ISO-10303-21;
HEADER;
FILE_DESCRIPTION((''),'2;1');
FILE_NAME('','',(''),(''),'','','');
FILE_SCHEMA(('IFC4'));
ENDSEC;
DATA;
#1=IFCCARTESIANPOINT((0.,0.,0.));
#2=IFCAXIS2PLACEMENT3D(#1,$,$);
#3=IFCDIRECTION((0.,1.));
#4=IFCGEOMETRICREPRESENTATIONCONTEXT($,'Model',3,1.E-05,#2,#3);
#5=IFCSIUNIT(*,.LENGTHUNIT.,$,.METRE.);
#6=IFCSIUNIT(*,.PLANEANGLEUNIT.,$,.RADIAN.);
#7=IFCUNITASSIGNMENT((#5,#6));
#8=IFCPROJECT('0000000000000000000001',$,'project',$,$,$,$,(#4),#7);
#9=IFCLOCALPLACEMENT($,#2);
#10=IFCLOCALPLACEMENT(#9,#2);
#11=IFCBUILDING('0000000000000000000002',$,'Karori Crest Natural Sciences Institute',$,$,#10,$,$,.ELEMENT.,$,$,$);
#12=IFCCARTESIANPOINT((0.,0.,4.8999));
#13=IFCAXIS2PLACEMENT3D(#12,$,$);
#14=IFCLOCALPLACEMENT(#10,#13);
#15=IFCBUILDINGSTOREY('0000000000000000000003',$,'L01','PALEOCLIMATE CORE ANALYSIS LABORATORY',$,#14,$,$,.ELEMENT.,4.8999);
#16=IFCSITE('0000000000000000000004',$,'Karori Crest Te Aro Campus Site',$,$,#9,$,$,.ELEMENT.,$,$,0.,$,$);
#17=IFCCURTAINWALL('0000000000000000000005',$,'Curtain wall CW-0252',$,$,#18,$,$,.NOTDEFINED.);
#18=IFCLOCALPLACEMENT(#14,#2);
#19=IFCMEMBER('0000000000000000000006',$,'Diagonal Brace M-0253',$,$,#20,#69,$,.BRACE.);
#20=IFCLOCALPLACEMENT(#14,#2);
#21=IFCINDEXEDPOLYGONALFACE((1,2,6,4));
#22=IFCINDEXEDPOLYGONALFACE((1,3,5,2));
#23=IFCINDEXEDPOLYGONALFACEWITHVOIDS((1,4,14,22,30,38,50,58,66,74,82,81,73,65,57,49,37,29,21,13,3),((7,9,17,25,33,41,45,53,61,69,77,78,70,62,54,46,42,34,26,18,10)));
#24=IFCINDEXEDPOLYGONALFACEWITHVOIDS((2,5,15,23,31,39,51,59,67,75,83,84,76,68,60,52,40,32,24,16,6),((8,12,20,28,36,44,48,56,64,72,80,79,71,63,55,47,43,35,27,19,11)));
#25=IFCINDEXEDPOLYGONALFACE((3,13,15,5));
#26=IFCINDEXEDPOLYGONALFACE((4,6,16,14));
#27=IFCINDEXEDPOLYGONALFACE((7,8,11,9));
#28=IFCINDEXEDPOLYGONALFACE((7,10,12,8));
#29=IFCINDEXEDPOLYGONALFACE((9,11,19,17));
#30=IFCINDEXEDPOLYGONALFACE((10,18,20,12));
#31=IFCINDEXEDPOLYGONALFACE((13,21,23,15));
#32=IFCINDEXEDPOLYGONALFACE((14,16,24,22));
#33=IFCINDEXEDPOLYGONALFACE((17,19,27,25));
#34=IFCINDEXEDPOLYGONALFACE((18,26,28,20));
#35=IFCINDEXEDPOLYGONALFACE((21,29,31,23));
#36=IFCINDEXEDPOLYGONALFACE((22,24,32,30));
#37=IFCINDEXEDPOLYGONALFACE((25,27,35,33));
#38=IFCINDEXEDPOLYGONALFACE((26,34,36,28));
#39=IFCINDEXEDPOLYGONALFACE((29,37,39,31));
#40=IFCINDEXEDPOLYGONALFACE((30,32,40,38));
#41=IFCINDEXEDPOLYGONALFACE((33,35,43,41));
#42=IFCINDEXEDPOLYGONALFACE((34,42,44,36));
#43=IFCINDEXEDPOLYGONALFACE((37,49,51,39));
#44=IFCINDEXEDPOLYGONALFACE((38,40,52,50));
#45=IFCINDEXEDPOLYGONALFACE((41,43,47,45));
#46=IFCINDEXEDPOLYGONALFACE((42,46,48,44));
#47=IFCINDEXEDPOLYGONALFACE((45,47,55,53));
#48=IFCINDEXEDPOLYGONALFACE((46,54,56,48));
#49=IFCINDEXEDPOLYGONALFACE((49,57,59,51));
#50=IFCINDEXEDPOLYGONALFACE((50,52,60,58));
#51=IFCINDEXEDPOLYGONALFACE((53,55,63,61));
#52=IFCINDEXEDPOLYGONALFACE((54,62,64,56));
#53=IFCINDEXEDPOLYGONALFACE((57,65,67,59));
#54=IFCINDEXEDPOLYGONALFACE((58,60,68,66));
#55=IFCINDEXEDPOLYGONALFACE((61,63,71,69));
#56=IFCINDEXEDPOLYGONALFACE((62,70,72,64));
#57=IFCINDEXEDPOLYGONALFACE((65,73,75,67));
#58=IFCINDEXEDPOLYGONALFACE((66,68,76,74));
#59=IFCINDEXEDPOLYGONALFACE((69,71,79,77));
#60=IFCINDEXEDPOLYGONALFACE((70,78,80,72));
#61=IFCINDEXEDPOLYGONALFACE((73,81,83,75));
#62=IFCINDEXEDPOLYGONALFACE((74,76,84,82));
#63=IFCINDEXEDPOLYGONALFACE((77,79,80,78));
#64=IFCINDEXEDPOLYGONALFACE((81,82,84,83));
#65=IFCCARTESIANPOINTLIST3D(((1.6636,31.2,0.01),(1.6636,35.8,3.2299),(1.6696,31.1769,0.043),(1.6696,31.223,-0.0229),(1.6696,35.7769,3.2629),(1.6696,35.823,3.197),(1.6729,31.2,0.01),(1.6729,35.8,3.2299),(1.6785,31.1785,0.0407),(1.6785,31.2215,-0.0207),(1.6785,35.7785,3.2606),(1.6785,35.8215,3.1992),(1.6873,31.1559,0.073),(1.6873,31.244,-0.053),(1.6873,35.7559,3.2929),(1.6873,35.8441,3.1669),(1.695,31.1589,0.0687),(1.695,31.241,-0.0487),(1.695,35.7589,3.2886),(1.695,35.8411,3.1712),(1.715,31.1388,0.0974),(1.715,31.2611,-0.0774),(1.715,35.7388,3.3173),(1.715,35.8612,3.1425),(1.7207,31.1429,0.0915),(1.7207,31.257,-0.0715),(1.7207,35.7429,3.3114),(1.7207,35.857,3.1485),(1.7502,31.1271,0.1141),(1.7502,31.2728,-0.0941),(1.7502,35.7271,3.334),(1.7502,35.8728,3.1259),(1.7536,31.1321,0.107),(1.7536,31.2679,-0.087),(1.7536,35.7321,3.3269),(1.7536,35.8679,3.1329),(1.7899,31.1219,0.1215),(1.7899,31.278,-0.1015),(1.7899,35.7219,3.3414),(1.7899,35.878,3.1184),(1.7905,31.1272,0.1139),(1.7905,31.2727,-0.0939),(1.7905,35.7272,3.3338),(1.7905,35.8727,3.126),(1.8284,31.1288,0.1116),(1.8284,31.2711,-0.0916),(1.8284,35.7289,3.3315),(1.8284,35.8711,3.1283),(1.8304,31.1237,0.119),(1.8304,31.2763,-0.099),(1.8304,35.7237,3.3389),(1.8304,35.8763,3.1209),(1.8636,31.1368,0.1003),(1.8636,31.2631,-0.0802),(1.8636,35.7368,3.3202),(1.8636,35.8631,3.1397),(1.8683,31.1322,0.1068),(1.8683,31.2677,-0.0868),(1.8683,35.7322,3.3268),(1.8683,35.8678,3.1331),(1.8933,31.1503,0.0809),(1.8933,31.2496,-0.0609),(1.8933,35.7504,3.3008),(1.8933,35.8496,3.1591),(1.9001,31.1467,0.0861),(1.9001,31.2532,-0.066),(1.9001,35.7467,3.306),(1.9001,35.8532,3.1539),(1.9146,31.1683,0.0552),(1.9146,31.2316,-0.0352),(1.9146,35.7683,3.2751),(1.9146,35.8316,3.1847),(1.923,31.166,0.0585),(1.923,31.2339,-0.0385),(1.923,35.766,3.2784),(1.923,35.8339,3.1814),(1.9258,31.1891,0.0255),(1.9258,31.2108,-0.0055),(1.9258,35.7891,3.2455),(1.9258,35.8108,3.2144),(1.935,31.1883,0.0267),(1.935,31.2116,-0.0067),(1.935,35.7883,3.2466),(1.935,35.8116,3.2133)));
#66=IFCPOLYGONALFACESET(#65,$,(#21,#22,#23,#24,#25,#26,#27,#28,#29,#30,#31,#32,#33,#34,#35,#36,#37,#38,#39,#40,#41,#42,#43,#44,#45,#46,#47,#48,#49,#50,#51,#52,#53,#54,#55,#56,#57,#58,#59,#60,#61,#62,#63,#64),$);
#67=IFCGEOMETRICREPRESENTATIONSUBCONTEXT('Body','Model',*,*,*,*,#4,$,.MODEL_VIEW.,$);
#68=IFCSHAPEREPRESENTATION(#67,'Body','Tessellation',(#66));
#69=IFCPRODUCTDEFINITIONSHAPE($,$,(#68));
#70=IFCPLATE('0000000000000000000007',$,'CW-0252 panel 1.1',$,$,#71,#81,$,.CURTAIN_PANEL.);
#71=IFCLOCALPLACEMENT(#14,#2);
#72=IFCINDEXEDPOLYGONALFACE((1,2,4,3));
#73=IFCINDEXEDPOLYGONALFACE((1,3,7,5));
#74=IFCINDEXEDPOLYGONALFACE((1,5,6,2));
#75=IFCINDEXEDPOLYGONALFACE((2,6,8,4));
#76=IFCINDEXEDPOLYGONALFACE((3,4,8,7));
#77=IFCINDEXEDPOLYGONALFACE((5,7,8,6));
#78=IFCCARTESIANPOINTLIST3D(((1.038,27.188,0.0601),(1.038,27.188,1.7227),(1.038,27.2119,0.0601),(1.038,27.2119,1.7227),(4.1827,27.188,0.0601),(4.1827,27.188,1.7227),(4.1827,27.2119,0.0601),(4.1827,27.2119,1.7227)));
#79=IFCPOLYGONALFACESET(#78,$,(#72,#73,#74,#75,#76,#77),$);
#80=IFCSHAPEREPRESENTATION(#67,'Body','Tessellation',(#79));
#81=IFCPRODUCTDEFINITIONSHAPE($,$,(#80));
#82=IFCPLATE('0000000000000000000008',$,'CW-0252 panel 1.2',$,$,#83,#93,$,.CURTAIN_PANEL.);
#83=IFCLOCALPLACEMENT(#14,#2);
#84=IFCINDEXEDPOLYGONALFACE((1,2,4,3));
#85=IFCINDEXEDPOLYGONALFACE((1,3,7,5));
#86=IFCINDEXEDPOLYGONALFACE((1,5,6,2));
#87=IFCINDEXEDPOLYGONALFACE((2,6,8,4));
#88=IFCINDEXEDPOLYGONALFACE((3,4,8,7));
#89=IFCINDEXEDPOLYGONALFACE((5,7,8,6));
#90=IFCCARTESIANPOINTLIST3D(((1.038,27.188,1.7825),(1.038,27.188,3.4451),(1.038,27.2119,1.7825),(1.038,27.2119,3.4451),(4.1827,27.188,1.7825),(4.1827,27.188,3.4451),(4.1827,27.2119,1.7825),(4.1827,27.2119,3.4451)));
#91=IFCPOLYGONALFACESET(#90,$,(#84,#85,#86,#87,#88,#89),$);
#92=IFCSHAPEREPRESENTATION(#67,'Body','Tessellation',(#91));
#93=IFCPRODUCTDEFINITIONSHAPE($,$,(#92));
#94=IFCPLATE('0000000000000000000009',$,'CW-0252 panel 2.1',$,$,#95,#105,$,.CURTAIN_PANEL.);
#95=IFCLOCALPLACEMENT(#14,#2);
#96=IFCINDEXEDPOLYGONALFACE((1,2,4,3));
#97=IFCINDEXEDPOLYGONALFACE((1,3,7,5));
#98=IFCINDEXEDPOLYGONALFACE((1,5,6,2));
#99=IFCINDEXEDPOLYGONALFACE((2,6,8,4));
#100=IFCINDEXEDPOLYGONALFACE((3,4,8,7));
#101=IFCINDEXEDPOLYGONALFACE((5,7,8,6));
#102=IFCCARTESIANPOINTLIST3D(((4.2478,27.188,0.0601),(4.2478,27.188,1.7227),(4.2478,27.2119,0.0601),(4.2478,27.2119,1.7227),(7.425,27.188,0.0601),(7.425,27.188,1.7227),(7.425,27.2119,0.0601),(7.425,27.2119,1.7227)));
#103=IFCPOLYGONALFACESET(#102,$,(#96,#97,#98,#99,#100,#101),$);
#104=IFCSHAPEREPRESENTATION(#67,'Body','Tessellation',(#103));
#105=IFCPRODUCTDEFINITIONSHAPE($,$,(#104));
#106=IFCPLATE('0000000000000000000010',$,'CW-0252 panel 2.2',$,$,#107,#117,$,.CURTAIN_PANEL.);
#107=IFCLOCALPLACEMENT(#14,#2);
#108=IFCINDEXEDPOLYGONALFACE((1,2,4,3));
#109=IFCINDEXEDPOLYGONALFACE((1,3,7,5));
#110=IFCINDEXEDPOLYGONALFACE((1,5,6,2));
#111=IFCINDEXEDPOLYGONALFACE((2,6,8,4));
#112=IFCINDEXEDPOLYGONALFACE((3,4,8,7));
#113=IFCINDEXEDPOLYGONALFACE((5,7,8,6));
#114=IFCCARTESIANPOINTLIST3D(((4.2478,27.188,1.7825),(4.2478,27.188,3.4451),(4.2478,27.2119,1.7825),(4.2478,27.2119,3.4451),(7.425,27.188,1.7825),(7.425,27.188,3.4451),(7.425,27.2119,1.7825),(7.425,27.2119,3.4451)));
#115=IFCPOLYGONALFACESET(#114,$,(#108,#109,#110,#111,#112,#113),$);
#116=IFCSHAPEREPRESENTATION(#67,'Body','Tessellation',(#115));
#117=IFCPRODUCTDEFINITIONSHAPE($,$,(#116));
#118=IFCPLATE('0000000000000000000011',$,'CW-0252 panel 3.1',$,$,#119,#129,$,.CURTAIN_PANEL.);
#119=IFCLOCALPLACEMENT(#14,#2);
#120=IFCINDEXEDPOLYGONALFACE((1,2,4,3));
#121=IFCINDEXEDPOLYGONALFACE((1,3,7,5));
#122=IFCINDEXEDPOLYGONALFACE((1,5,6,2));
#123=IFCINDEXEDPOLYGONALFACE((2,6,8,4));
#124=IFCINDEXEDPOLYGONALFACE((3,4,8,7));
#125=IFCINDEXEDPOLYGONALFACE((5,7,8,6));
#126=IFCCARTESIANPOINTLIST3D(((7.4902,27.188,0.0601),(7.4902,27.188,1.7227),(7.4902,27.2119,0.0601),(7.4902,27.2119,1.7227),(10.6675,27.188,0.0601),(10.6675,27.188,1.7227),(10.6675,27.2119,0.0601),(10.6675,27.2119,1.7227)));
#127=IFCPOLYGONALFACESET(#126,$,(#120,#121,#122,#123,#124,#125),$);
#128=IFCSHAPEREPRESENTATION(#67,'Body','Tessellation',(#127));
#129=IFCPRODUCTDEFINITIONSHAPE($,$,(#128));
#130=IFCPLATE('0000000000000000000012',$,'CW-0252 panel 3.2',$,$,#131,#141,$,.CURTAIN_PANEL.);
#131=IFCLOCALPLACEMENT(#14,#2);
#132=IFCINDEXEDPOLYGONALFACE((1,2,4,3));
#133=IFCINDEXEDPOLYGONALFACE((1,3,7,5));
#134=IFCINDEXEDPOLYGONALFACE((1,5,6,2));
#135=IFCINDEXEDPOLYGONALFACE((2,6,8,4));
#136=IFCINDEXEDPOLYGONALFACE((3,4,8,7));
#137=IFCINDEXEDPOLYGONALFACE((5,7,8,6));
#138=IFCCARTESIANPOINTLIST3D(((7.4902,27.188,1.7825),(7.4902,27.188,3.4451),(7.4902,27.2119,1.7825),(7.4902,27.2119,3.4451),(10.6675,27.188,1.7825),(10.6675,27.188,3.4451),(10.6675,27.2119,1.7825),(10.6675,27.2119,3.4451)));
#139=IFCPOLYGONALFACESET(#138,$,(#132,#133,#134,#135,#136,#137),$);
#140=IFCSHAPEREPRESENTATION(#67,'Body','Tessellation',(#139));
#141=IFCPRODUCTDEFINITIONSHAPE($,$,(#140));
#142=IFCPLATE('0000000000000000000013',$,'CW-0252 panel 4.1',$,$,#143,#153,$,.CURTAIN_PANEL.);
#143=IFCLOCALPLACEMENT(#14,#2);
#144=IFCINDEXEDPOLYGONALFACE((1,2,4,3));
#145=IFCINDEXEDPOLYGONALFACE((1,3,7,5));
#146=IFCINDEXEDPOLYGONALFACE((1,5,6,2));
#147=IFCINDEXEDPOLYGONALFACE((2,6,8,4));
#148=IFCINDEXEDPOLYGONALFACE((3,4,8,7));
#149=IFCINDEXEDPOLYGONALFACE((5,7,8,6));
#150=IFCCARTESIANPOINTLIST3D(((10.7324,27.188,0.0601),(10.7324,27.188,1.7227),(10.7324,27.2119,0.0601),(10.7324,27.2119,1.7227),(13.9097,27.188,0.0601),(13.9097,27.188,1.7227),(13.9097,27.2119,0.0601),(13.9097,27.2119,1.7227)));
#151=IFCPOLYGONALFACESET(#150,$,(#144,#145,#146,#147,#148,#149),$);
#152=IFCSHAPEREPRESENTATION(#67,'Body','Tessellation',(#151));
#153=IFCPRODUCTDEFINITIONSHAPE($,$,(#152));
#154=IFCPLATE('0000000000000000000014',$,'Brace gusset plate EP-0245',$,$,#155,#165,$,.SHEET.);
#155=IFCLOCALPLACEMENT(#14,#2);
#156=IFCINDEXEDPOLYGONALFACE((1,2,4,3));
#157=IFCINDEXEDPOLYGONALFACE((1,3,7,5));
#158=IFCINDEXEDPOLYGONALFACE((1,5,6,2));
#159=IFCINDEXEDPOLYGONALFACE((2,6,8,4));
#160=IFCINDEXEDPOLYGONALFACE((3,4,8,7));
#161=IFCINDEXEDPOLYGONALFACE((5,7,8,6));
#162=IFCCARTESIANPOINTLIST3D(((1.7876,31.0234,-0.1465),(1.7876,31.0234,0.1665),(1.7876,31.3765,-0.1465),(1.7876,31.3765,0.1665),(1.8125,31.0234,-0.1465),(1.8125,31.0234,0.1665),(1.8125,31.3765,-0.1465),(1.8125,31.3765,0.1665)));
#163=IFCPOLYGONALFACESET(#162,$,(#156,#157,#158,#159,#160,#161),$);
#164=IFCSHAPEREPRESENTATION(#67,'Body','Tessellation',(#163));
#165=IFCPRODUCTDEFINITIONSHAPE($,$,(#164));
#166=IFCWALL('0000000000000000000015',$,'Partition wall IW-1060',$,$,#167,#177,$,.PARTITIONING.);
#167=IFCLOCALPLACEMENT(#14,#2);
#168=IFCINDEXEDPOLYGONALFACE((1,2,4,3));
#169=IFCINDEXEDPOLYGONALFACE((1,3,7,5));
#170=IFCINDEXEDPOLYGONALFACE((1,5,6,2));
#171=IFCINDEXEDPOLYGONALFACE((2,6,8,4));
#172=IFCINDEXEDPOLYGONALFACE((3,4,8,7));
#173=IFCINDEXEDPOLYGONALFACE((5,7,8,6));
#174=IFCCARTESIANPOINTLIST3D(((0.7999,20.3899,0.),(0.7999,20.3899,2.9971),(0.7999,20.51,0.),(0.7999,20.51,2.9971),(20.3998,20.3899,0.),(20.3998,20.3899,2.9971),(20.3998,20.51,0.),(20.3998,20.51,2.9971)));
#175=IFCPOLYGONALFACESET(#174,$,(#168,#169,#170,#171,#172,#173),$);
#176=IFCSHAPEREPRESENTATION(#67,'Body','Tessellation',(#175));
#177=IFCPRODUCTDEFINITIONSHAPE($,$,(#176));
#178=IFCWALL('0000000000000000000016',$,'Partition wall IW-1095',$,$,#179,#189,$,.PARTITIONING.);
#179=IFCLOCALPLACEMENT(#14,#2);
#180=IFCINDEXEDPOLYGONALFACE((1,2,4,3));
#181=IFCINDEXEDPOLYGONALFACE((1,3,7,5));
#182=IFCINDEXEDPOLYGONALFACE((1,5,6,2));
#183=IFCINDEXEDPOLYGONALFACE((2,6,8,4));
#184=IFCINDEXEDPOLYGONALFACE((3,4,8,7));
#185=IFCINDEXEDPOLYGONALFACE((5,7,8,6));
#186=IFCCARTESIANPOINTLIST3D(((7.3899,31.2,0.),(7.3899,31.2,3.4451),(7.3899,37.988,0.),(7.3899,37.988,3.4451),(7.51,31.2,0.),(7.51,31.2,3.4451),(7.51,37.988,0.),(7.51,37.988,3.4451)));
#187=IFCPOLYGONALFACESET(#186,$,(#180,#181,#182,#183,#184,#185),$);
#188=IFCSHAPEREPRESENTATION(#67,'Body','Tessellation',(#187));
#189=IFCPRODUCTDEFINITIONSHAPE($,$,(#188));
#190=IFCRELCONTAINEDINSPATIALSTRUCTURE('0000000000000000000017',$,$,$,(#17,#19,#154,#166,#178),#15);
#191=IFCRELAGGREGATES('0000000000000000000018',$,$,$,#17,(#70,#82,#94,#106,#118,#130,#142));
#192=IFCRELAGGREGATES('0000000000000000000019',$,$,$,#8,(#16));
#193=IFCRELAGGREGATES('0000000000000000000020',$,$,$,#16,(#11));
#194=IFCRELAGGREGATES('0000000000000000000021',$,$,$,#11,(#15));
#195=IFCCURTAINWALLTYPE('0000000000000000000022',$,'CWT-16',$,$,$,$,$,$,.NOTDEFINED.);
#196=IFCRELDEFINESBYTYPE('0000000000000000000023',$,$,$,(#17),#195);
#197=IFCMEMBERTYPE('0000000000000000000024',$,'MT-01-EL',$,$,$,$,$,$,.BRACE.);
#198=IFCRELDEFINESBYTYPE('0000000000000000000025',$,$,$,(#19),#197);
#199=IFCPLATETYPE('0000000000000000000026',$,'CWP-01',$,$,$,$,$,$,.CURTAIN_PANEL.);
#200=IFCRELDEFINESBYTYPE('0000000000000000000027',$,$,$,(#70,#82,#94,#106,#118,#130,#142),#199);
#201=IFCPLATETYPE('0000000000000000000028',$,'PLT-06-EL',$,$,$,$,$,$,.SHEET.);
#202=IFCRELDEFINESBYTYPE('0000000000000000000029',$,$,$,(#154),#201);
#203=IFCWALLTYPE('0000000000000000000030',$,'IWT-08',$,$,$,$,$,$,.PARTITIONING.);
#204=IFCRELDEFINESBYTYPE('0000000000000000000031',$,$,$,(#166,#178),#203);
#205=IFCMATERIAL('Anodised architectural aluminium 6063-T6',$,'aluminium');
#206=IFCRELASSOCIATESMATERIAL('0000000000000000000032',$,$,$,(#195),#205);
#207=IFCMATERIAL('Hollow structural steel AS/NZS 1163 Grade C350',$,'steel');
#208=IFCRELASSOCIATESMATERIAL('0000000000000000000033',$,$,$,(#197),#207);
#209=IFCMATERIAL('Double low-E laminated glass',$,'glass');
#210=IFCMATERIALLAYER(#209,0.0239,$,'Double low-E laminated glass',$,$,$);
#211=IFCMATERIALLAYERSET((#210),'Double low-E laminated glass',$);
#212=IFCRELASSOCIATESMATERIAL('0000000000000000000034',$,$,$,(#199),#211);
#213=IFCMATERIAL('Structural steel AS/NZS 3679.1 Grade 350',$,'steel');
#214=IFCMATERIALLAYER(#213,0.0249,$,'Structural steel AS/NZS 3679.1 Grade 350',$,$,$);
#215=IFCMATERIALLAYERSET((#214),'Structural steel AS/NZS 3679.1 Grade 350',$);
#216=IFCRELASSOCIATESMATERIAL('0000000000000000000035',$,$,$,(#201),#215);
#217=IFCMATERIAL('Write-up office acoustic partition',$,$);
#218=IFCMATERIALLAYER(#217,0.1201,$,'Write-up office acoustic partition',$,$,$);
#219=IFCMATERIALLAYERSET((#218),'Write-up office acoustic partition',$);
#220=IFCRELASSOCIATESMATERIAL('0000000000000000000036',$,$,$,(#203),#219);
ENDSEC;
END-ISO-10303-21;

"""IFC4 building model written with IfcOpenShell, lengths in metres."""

from ifc_helpers import new_model, si_unit, direction, frame, frame_2d, origin, origin_2d, place, context, subcontext, project, spatial, rectangle, hollow_circle, extrude, material, layer, layer_set, material_profile, profile_set, type_object, element, aggregate, save


model = new_model("IFC4")

# Units and contexts
model_context = context("Model", 3, precision=1e-05, world=origin(), true_north=direction((0.0, 1.0)))
body_context = subcontext(model_context, "Body", "Model", "MODEL_VIEW")
ifc_project = project(units=[si_unit("LENGTHUNIT", "METRE"), si_unit("PLANEANGLEUNIT", "RADIAN")], contexts=[model_context])

# Site, building, storey
site_placement = place(None, origin())
site = spatial("IfcSite", under=ifc_project, at=site_placement, Name="Karori Crest Te Aro Campus Site", CompositionType="ELEMENT", RefElevation=0.0)
building_placement = place(site_placement, origin())
building = spatial("IfcBuilding", under=site, at=building_placement, Name="Karori Crest Natural Sciences Institute", CompositionType="ELEMENT")
storey_placement = place(building_placement, frame((0.0, 0.0, 4.8999)))
storey = spatial("IfcBuildingStorey", under=building, at=storey_placement, Name="L01", Description="PALEOCLIMATE CORE ANALYSIS LABORATORY", CompositionType="ELEMENT", Elevation=4.8999)

# Shared definitions
ifc_material_1 = material(Name="Structural steel AS/NZS 3679.1 Grade 350", Category="steel")
ifc_material_2 = material(Name="Hollow structural steel AS/NZS 1163 Grade C350", Category="steel")

# Curtain wall
ifc_material_3 = material(Name="Anodised architectural aluminium 6063-T6", Category="aluminium")
curtain_wall_type = type_object("IfcCurtainWallType", Name="CWT-16", PredefinedType="NOTDEFINED", material=ifc_material_3)
curtain_wall_placement = place(storey_placement, origin())
curtain_wall = element("IfcCurtainWall", 1, at=curtain_wall_placement, inside=storey, type_object=curtain_wall_type, Name="Curtain wall CW-0252", PredefinedType="NOTDEFINED")

# Member
ifc_material_profile_1 = material_profile(ifc_material_2, hollow_circle(Radius=0.1365, WallThickness=0.0093, at=origin_2d()), Name="CHS273.0x9.3")
ifc_profile_set_1 = profile_set([ifc_material_profile_1], Name="Hollow structural steel AS/NZS 1163 Grade C350")
member_type_1 = type_object("IfcMemberType", Name="MT-01-EL", PredefinedType="BRACE", material=ifc_profile_set_1)
member_1_placement = place(storey_placement, frame((1.8, 31.2, 0.01), z_axis=(0.0, 0.81924, 0.573451), x_axis=(-1.0, 0.0, 0.0)))
element("IfcMember", 2, at=member_1_placement, inside=storey, type_object=member_type_1, Name="Diagonal Brace M-0253", PredefinedType="BRACE", context=body_context, shape_type="SweptSolid", body=[
    extrude(hollow_circle(Radius=0.1365, WallThickness=0.0093, at=origin_2d()), origin(), (0.0, 0.0, 1.0), 5.615),
])

# Plates
ifc_material_4 = material(Name="Double low-E laminated glass", Category="glass")
ifc_layer_1 = layer(ifc_material_4, 0.0239, Name="Double low-E laminated glass")
ifc_layer_set_1 = layer_set([ifc_layer_1], Name="Double low-E laminated glass")
plate_type_1 = type_object("IfcPlateType", Name="CWP-01", PredefinedType="CURTAIN_PANEL", material=ifc_layer_set_1)
plate_1_placement = place(storey_placement, frame((2.6104, 27.2, 0.0601), z_axis=(0.0, 0.0, 1.0), x_axis=(1.0, 0.0, 0.0)))
plate_1 = element("IfcPlate", 3, at=plate_1_placement, type_object=plate_type_1, Name="CW-0252 panel 1.1", PredefinedType="CURTAIN_PANEL", context=body_context, shape_type="SweptSolid", body=[
    extrude(rectangle(XDim=3.1448, YDim=0.0239, at=origin_2d()), origin(), (0.0, 0.0, 1.0), 1.6626),
])
plate_2_placement = place(storey_placement, frame((2.6104, 27.2, 1.7825), z_axis=(0.0, 0.0, 1.0), x_axis=(1.0, 0.0, 0.0)))
plate_2 = element("IfcPlate", 4, at=plate_2_placement, type_object=plate_type_1, Name="CW-0252 panel 1.2", PredefinedType="CURTAIN_PANEL", context=body_context, shape_type="SweptSolid", body=[
    extrude(rectangle(XDim=3.1448, YDim=0.0239, at=origin_2d()), origin(), (0.0, 0.0, 1.0), 1.6626),
])
plate_3_placement = place(storey_placement, frame((5.8364, 27.2, 0.0601), z_axis=(0.0, 0.0, 1.0), x_axis=(1.0, 0.0, 0.0)))
plate_3 = element("IfcPlate", 5, at=plate_3_placement, type_object=plate_type_1, Name="CW-0252 panel 2.1", PredefinedType="CURTAIN_PANEL", context=body_context, shape_type="SweptSolid", body=[
    extrude(rectangle(XDim=3.1772, YDim=0.0239, at=origin_2d()), origin(), (0.0, 0.0, 1.0), 1.6626),
])
plate_4_placement = place(storey_placement, frame((5.8364, 27.2, 1.7825), z_axis=(0.0, 0.0, 1.0), x_axis=(1.0, 0.0, 0.0)))
plate_4 = element("IfcPlate", 6, at=plate_4_placement, type_object=plate_type_1, Name="CW-0252 panel 2.2", PredefinedType="CURTAIN_PANEL", context=body_context, shape_type="SweptSolid", body=[
    extrude(rectangle(XDim=3.1772, YDim=0.0239, at=origin_2d()), origin(), (0.0, 0.0, 1.0), 1.6626),
])
plate_5_placement = place(storey_placement, frame((9.0789, 27.2, 0.0601), z_axis=(0.0, 0.0, 1.0), x_axis=(1.0, 0.0, 0.0)))
plate_5 = element("IfcPlate", 7, at=plate_5_placement, type_object=plate_type_1, Name="CW-0252 panel 3.1", PredefinedType="CURTAIN_PANEL", context=body_context, shape_type="SweptSolid", body=[
    extrude(rectangle(XDim=3.1772, YDim=0.0239, at=origin_2d()), origin(), (0.0, 0.0, 1.0), 1.6626),
])
plate_6_placement = place(storey_placement, frame((9.0789, 27.2, 1.7825), z_axis=(0.0, 0.0, 1.0), x_axis=(1.0, 0.0, 0.0)))
plate_6 = element("IfcPlate", 8, at=plate_6_placement, type_object=plate_type_1, Name="CW-0252 panel 3.2", PredefinedType="CURTAIN_PANEL", context=body_context, shape_type="SweptSolid", body=[
    extrude(rectangle(XDim=3.1772, YDim=0.0239, at=origin_2d()), origin(), (0.0, 0.0, 1.0), 1.6626),
])
plate_7_placement = place(storey_placement, frame((12.321, 27.2, 0.0601), z_axis=(0.0, 0.0, 1.0), x_axis=(1.0, 0.0, 0.0)))
plate_7 = element("IfcPlate", 9, at=plate_7_placement, type_object=plate_type_1, Name="CW-0252 panel 4.1", PredefinedType="CURTAIN_PANEL", context=body_context, shape_type="SweptSolid", body=[
    extrude(rectangle(XDim=3.1772, YDim=0.0239, at=origin_2d()), origin(), (0.0, 0.0, 1.0), 1.6626),
])
aggregate(curtain_wall, [plate_1, plate_2, plate_3, plate_4, plate_5, plate_6, plate_7])
ifc_layer_2 = layer(ifc_material_1, 0.0249, Name="Structural steel AS/NZS 3679.1 Grade 350")
ifc_layer_set_2 = layer_set([ifc_layer_2], Name="Structural steel AS/NZS 3679.1 Grade 350")
plate_type_2 = type_object("IfcPlateType", Name="PLT-06-EL", PredefinedType="SHEET", material=ifc_layer_set_2)
plate_8_placement = place(storey_placement, frame((1.8, 31.2, -0.1465), z_axis=(0.0, 0.0, 1.0), x_axis=(0.0, 1.0, 0.0)))
element("IfcPlate", 10, at=plate_8_placement, inside=storey, type_object=plate_type_2, Name="Brace gusset plate EP-0245", PredefinedType="SHEET", context=body_context, shape_type="SweptSolid", body=[
    extrude(rectangle(XDim=0.353, YDim=0.0249, at=origin_2d()), origin(), (0.0, 0.0, 1.0), 0.313),
])

# Walls
ifc_material_5 = material(Name="Write-up office acoustic partition")
ifc_layer_3 = layer(ifc_material_5, 0.1201, Name="Write-up office acoustic partition")
ifc_layer_set_3 = layer_set([ifc_layer_3], Name="Write-up office acoustic partition")
wall_type = type_object("IfcWallType", Name="IWT-08", PredefinedType="PARTITIONING", material=ifc_layer_set_3)
wall_1_placement = place(storey_placement, frame((0.8, 20.45, 0.0), z_axis=(0.0, 0.0, 1.0), x_axis=(1.0, 0.0, 0.0)))
element("IfcWall", 11, at=wall_1_placement, inside=storey, type_object=wall_type, Name="Partition wall IW-1060", PredefinedType="PARTITIONING", context=body_context, shape_type="SweptSolid", body=[
    extrude(rectangle(XDim=19.5999, YDim=0.1201, at=frame_2d((9.7998, 0.0))), origin(), (0.0, 0.0, 1.0), 2.9971),
])
wall_2_placement = place(storey_placement, frame((7.45, 31.2, 0.0), z_axis=(0.0, 0.0, 1.0), x_axis=(0.0, 1.0, 0.0)))
element("IfcWall", 12, at=wall_2_placement, inside=storey, type_object=wall_type, Name="Partition wall IW-1095", PredefinedType="PARTITIONING", context=body_context, shape_type="SweptSolid", body=[
    extrude(rectangle(XDim=6.7881, YDim=0.1201, at=frame_2d((3.394, 0.0))), origin(), (0.0, 0.0, 1.0), 3.4451),
])

save(model, "model.ifc")
